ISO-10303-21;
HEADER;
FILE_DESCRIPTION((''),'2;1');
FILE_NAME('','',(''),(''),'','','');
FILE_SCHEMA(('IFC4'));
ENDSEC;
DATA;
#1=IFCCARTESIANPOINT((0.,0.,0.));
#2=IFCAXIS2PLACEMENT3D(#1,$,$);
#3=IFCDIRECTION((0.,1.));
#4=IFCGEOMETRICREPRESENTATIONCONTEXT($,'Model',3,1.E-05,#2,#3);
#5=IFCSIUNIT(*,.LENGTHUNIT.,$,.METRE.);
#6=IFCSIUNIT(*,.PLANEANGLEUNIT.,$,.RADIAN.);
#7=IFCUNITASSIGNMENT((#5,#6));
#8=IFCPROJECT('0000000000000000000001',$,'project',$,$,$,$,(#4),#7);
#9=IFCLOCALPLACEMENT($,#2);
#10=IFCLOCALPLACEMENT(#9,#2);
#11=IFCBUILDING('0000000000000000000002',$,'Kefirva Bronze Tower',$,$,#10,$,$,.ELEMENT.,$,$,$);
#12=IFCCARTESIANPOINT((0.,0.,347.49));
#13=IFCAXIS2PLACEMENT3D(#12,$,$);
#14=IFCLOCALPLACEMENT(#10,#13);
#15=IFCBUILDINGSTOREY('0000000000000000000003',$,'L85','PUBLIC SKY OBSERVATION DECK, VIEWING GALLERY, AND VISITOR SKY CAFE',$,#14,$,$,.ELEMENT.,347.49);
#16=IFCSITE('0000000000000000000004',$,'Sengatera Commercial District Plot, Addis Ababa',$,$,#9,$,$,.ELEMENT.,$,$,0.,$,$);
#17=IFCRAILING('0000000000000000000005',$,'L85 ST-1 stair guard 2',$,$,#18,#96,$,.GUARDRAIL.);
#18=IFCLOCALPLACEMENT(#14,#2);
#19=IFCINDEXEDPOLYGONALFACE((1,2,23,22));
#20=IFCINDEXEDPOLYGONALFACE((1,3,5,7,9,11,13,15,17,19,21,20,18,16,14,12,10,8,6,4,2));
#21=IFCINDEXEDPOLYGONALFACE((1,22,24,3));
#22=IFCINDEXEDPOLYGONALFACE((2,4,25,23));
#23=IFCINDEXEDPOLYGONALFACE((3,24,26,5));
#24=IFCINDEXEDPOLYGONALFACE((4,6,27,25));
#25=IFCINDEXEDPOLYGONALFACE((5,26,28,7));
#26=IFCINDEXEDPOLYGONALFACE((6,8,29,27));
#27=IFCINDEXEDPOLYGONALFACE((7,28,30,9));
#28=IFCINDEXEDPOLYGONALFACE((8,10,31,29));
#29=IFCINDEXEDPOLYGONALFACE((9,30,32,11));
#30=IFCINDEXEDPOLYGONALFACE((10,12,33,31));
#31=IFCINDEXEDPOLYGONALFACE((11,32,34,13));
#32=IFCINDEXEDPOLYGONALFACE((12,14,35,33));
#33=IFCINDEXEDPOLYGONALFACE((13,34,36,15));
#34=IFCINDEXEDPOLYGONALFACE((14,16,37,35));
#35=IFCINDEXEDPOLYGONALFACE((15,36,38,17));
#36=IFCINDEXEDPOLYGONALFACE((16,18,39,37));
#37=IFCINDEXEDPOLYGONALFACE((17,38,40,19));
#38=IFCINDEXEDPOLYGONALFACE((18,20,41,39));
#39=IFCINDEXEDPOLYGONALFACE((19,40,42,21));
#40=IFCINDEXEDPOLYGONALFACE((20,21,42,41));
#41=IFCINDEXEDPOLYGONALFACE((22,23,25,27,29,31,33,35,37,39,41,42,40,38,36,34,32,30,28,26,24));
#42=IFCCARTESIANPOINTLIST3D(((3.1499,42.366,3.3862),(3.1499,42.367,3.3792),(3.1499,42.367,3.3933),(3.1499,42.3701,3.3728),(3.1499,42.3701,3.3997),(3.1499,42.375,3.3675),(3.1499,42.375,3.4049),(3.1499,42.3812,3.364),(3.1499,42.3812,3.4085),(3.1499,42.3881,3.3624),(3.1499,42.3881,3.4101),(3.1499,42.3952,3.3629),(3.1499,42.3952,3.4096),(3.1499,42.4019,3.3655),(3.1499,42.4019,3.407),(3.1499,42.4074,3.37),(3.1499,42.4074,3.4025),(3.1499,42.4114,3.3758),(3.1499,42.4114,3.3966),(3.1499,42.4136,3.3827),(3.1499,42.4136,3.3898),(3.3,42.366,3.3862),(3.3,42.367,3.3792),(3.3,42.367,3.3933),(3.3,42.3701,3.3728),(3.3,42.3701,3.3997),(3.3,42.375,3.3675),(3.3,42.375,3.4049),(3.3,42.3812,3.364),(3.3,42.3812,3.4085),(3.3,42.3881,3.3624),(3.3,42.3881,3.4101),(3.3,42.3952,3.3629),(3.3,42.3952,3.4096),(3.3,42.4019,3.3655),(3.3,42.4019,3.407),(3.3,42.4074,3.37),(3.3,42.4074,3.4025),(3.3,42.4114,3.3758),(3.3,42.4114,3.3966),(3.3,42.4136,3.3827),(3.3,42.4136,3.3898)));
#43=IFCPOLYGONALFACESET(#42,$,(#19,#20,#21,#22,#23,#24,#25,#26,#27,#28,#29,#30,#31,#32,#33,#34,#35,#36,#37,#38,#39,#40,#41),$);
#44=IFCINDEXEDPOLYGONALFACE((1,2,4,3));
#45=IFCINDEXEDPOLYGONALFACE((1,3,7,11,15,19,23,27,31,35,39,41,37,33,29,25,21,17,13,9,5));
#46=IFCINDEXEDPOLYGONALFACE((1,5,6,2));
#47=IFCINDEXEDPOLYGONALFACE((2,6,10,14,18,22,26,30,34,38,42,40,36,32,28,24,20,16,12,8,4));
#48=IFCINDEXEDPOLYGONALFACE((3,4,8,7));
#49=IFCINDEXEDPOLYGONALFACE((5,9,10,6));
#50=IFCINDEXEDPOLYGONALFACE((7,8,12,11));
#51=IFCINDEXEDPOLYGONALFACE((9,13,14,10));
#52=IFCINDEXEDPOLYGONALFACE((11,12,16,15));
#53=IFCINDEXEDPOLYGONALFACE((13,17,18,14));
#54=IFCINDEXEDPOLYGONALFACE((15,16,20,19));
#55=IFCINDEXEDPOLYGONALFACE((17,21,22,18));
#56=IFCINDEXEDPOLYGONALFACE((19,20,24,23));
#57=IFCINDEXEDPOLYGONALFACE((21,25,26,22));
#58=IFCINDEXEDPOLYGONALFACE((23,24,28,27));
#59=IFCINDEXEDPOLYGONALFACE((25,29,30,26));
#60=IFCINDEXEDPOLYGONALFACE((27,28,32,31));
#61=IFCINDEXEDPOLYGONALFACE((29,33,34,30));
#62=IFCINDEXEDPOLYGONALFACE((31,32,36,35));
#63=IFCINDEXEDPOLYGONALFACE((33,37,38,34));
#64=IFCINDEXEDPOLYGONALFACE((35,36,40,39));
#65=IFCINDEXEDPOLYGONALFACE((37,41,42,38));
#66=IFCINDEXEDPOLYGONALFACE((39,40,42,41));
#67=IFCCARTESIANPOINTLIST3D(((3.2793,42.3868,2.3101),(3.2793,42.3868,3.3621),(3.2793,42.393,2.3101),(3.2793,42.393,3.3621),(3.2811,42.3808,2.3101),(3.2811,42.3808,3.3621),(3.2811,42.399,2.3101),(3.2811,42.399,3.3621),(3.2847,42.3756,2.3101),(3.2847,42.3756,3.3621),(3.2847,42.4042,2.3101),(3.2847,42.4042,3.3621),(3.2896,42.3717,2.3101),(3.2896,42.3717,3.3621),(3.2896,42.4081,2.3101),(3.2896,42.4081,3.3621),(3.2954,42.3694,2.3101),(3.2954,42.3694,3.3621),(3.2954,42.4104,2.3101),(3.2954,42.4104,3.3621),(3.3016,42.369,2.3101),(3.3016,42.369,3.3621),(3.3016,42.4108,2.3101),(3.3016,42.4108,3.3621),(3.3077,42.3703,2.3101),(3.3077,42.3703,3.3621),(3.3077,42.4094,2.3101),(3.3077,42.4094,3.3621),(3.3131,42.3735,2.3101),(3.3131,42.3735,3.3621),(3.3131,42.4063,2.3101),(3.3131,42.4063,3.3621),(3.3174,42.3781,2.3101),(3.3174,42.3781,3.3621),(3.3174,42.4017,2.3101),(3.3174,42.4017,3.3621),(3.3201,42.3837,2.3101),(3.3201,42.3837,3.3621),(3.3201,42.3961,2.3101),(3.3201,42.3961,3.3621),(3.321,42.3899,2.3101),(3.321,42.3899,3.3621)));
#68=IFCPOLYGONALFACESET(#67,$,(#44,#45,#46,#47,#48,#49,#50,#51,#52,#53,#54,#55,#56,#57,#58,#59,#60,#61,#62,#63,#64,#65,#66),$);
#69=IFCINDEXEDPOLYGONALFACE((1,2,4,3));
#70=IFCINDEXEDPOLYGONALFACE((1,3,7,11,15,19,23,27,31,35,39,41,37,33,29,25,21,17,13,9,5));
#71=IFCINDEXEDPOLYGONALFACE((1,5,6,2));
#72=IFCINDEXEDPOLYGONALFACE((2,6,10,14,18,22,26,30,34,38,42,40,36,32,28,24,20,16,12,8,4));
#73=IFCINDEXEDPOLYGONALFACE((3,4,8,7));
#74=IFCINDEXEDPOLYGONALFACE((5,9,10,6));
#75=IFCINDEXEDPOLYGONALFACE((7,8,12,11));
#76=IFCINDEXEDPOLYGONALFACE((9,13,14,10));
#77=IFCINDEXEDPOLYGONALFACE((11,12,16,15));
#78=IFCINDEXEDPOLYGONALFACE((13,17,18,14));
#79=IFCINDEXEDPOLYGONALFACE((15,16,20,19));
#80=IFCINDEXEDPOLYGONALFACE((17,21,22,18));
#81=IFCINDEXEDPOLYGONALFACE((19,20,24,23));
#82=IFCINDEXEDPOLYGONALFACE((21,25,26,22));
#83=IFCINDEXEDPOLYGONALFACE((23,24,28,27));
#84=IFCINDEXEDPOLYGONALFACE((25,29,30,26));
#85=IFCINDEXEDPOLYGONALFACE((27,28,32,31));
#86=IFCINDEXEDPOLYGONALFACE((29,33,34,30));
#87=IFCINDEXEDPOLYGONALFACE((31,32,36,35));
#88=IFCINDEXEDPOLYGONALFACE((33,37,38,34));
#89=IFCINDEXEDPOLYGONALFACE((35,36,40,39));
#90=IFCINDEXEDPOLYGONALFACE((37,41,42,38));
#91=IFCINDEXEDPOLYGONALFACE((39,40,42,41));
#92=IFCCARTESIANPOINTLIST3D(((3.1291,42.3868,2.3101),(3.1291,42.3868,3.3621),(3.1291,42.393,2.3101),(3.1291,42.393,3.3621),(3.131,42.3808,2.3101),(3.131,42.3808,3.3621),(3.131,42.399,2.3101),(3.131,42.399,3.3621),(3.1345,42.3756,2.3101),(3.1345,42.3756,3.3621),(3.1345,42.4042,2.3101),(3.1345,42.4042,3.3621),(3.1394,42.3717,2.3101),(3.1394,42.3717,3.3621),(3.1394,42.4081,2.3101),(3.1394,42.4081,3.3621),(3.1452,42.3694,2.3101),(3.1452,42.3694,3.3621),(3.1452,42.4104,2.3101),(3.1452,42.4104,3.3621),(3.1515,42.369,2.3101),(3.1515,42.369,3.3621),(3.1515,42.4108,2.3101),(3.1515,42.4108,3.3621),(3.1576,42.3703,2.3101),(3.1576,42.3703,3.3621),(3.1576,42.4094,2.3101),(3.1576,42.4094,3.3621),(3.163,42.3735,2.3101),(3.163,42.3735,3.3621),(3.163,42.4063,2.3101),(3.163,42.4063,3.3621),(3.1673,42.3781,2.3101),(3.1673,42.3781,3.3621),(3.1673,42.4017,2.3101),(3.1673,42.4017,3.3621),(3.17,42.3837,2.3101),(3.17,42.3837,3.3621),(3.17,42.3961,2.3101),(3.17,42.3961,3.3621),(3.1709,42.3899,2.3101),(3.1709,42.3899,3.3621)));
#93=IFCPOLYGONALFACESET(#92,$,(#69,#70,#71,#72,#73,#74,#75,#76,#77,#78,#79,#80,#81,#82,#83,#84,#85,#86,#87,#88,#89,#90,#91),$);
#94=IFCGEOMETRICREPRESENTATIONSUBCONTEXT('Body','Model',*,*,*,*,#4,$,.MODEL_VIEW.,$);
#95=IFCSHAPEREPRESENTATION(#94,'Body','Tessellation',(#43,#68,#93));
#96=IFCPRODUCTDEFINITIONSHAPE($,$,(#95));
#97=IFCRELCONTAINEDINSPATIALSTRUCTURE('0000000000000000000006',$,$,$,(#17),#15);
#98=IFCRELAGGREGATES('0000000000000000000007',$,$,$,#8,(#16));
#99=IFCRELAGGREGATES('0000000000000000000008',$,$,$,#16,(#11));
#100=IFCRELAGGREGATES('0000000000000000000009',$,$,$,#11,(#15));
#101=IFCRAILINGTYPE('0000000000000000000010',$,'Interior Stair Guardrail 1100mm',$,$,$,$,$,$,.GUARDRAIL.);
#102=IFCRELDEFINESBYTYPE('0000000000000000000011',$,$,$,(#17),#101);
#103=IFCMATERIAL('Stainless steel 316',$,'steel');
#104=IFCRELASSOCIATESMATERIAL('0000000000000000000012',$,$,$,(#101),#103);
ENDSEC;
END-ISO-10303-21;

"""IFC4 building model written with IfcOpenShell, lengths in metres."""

from ifc_helpers import new_model, si_unit, direction, frame, origin, origin_2d, place, context, subcontext, project, spatial, circle, extrude, material, type_object, element, save


model = new_model("IFC4")

# Units and contexts
model_context = context("Model", 3, precision=1e-05, world=origin(), true_north=direction((0.0, 1.0)))
body_context = subcontext(model_context, "Body", "Model", "MODEL_VIEW")
ifc_project = project(units=[si_unit("LENGTHUNIT", "METRE"), si_unit("PLANEANGLEUNIT", "RADIAN")], contexts=[model_context])

# Site, building, storey
site_placement = place(None, origin())
site = spatial("IfcSite", under=ifc_project, at=site_placement, Name="Sengatera Commercial District Plot, Addis Ababa", CompositionType="ELEMENT", RefElevation=0.0)
building_placement = place(site_placement, origin())
building = spatial("IfcBuilding", under=site, at=building_placement, Name="Kefirva Bronze Tower", CompositionType="ELEMENT")
storey_placement = place(building_placement, frame((0.0, 0.0, 347.49)))
storey = spatial("IfcBuildingStorey", under=building, at=storey_placement, Name="L85", Description="PUBLIC SKY OBSERVATION DECK, VIEWING GALLERY, AND VISITOR SKY CAFE", CompositionType="ELEMENT", Elevation=347.49)

# Railing
ifc_material_1 = material(Name="Stainless steel 316", Category="steel")
railing_type_1 = type_object("IfcRailingType", Name="Interior Stair Guardrail 1100mm", PredefinedType="GUARDRAIL", material=ifc_material_1)
railing_1_placement = place(storey_placement, frame((3.3, 42.3899, 2.3101)))
element("IfcRailing", 1, at=railing_1_placement, inside=storey, type_object=railing_type_1, Name="L85 ST-1 stair guard 2", PredefinedType="GUARDRAIL", context=body_context, shape_type="SweptSolid", body=[
    extrude(circle(Radius=0.0239, at=origin_2d()), frame((0.0, 0.0, 1.0762), z_axis=(-1.0, 0.0, 0.0), x_axis=(0.0, -1.0, 0.0)), (0.0, 0.0, 1.0), 0.1501),
    extrude(circle(Radius=0.021, at=origin_2d()), origin(), (0.0, 0.0, 1.0), 1.052),
    extrude(circle(Radius=0.021, at=origin_2d()), frame((-0.1501, 0.0, 0.0)), (0.0, 0.0, 1.0), 1.052),
])

save(model, "model.ifc")
